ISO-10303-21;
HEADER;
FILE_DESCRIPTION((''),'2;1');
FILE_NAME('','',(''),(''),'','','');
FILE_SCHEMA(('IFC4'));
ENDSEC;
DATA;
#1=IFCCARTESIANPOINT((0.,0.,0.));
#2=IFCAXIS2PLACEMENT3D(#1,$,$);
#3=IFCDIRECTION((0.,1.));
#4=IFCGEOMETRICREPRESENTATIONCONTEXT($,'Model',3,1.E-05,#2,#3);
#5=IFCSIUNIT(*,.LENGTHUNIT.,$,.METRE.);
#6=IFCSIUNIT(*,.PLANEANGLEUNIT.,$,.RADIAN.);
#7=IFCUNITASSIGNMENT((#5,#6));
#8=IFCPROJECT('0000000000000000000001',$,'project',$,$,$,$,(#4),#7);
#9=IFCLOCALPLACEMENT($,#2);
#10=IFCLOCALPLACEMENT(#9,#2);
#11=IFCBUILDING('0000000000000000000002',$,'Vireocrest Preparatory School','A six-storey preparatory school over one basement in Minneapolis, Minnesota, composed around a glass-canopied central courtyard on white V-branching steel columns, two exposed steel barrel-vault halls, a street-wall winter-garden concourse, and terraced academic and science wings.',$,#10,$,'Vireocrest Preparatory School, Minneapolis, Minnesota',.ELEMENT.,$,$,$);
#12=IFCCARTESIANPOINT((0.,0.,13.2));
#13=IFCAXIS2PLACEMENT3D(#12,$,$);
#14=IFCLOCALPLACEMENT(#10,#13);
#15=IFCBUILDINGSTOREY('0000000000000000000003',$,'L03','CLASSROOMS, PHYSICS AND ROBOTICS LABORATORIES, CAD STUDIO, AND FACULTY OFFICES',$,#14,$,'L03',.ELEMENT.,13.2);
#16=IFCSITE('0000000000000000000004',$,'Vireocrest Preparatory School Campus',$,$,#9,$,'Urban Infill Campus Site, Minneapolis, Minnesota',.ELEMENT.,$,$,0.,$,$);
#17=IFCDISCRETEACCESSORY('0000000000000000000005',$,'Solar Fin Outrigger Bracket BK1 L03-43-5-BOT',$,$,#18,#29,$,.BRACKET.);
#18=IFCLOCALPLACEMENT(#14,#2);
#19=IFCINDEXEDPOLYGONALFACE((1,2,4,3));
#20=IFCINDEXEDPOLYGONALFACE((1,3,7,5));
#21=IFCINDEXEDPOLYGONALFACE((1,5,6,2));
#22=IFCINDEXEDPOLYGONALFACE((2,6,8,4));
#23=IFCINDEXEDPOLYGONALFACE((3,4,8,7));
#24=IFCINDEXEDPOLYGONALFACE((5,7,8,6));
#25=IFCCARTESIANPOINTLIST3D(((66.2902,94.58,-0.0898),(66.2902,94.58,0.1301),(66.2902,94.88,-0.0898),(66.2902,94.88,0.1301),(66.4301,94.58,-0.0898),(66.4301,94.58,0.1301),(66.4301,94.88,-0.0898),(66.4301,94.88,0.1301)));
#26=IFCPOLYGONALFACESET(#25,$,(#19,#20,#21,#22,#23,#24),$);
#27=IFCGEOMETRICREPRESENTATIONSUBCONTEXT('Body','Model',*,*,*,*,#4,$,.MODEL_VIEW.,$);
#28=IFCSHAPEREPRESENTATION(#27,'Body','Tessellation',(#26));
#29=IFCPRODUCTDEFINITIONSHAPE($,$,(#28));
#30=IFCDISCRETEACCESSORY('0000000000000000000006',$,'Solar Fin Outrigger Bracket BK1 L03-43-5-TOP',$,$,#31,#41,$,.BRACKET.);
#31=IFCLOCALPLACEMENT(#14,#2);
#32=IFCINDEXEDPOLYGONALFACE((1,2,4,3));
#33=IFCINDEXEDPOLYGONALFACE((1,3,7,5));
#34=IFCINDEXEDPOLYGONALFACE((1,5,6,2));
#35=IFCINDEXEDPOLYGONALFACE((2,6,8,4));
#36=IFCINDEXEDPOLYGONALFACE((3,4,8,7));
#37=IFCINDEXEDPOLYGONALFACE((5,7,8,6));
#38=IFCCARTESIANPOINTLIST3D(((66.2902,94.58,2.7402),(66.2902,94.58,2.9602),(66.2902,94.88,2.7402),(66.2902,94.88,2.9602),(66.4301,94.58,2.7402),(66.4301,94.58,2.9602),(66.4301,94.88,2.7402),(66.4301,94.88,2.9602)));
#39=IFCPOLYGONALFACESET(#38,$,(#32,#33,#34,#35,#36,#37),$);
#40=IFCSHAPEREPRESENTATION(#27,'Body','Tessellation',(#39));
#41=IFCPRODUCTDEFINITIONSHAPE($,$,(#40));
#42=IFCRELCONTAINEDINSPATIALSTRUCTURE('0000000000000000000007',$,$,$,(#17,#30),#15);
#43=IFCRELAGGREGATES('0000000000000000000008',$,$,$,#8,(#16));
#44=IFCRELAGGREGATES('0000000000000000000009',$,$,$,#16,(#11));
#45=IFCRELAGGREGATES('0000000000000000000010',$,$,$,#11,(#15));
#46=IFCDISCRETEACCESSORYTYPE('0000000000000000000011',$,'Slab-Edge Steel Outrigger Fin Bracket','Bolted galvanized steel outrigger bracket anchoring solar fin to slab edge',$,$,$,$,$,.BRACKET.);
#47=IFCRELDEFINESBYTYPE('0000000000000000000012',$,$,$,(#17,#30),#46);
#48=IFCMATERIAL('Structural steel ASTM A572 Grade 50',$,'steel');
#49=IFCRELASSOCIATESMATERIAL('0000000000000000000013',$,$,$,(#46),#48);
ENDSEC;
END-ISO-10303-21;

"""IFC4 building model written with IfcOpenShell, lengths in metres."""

from ifc_helpers import new_model, si_unit, direction, frame, origin, origin_2d, place, context, subcontext, project, spatial, rectangle, extrude, material, type_object, element, save


model = new_model("IFC4")

# Units and contexts
model_context = context("Model", 3, precision=1e-05, world=origin(), true_north=direction((0.0, 1.0)))
body_context = subcontext(model_context, "Body", "Model", "MODEL_VIEW")
ifc_project = project(units=[si_unit("LENGTHUNIT", "METRE"), si_unit("PLANEANGLEUNIT", "RADIAN")], contexts=[model_context])

# Site, building, storey
site_placement = place(None, origin())
site = spatial("IfcSite", under=ifc_project, at=site_placement, Name="Vireocrest Preparatory School Campus", LongName="Urban Infill Campus Site, Minneapolis, Minnesota", CompositionType="ELEMENT", RefElevation=0.0)
building_placement = place(site_placement, origin())
building = spatial("IfcBuilding", under=site, at=building_placement, Name="Vireocrest Preparatory School", Description="A six-storey preparatory school over one basement in Minneapolis, Minnesota, composed around a glass-canopied central courtyard on white V-branching steel columns, two exposed steel barrel-vault halls, a street-wall winter-garden concourse, and terraced academic and science wings.", LongName="Vireocrest Preparatory School, Minneapolis, Minnesota", CompositionType="ELEMENT")
storey_placement = place(building_placement, frame((0.0, 0.0, 13.2)))
storey = spatial("IfcBuildingStorey", under=building, at=storey_placement, Name="L03", Description="CLASSROOMS, PHYSICS AND ROBOTICS LABORATORIES, CAD STUDIO, AND FACULTY OFFICES", LongName="L03", CompositionType="ELEMENT", Elevation=13.2)

# Discrete accessories
ifc_material_1 = material(Name="Structural steel ASTM A572 Grade 50", Category="steel")
discrete_accessory_type = type_object("IfcDiscreteAccessoryType", Name="Slab-Edge Steel Outrigger Fin Bracket", Description="Bolted galvanized steel outrigger bracket anchoring solar fin to slab edge", PredefinedType="BRACKET", material=ifc_material_1)
for number, where, z_axis, x_axis, name in (
    (1, (66.3601, 94.73, -0.0898), (0.0, 0.0, 1.0), (-1.0, 0.0, 0.0), "Solar Fin Outrigger Bracket BK1 L03-43-5-BOT"),
    (2, (66.3601, 94.73, 2.7402), (0.0, 0.0, 1.0), (-1.0, 0.0, 0.0), "Solar Fin Outrigger Bracket BK1 L03-43-5-TOP"),
):
    element("IfcDiscreteAccessory", number, at=place(storey_placement, frame(where, z_axis=z_axis, x_axis=x_axis)), inside=storey, type_object=discrete_accessory_type, Name=name, PredefinedType="BRACKET", context=body_context, shape_type="SweptSolid", body=[
        extrude(rectangle(XDim=0.1399, YDim=0.3, at=origin_2d()), origin(), (0.0, 0.0, 1.0), 0.22),
    ])

save(model, "model.ifc")
